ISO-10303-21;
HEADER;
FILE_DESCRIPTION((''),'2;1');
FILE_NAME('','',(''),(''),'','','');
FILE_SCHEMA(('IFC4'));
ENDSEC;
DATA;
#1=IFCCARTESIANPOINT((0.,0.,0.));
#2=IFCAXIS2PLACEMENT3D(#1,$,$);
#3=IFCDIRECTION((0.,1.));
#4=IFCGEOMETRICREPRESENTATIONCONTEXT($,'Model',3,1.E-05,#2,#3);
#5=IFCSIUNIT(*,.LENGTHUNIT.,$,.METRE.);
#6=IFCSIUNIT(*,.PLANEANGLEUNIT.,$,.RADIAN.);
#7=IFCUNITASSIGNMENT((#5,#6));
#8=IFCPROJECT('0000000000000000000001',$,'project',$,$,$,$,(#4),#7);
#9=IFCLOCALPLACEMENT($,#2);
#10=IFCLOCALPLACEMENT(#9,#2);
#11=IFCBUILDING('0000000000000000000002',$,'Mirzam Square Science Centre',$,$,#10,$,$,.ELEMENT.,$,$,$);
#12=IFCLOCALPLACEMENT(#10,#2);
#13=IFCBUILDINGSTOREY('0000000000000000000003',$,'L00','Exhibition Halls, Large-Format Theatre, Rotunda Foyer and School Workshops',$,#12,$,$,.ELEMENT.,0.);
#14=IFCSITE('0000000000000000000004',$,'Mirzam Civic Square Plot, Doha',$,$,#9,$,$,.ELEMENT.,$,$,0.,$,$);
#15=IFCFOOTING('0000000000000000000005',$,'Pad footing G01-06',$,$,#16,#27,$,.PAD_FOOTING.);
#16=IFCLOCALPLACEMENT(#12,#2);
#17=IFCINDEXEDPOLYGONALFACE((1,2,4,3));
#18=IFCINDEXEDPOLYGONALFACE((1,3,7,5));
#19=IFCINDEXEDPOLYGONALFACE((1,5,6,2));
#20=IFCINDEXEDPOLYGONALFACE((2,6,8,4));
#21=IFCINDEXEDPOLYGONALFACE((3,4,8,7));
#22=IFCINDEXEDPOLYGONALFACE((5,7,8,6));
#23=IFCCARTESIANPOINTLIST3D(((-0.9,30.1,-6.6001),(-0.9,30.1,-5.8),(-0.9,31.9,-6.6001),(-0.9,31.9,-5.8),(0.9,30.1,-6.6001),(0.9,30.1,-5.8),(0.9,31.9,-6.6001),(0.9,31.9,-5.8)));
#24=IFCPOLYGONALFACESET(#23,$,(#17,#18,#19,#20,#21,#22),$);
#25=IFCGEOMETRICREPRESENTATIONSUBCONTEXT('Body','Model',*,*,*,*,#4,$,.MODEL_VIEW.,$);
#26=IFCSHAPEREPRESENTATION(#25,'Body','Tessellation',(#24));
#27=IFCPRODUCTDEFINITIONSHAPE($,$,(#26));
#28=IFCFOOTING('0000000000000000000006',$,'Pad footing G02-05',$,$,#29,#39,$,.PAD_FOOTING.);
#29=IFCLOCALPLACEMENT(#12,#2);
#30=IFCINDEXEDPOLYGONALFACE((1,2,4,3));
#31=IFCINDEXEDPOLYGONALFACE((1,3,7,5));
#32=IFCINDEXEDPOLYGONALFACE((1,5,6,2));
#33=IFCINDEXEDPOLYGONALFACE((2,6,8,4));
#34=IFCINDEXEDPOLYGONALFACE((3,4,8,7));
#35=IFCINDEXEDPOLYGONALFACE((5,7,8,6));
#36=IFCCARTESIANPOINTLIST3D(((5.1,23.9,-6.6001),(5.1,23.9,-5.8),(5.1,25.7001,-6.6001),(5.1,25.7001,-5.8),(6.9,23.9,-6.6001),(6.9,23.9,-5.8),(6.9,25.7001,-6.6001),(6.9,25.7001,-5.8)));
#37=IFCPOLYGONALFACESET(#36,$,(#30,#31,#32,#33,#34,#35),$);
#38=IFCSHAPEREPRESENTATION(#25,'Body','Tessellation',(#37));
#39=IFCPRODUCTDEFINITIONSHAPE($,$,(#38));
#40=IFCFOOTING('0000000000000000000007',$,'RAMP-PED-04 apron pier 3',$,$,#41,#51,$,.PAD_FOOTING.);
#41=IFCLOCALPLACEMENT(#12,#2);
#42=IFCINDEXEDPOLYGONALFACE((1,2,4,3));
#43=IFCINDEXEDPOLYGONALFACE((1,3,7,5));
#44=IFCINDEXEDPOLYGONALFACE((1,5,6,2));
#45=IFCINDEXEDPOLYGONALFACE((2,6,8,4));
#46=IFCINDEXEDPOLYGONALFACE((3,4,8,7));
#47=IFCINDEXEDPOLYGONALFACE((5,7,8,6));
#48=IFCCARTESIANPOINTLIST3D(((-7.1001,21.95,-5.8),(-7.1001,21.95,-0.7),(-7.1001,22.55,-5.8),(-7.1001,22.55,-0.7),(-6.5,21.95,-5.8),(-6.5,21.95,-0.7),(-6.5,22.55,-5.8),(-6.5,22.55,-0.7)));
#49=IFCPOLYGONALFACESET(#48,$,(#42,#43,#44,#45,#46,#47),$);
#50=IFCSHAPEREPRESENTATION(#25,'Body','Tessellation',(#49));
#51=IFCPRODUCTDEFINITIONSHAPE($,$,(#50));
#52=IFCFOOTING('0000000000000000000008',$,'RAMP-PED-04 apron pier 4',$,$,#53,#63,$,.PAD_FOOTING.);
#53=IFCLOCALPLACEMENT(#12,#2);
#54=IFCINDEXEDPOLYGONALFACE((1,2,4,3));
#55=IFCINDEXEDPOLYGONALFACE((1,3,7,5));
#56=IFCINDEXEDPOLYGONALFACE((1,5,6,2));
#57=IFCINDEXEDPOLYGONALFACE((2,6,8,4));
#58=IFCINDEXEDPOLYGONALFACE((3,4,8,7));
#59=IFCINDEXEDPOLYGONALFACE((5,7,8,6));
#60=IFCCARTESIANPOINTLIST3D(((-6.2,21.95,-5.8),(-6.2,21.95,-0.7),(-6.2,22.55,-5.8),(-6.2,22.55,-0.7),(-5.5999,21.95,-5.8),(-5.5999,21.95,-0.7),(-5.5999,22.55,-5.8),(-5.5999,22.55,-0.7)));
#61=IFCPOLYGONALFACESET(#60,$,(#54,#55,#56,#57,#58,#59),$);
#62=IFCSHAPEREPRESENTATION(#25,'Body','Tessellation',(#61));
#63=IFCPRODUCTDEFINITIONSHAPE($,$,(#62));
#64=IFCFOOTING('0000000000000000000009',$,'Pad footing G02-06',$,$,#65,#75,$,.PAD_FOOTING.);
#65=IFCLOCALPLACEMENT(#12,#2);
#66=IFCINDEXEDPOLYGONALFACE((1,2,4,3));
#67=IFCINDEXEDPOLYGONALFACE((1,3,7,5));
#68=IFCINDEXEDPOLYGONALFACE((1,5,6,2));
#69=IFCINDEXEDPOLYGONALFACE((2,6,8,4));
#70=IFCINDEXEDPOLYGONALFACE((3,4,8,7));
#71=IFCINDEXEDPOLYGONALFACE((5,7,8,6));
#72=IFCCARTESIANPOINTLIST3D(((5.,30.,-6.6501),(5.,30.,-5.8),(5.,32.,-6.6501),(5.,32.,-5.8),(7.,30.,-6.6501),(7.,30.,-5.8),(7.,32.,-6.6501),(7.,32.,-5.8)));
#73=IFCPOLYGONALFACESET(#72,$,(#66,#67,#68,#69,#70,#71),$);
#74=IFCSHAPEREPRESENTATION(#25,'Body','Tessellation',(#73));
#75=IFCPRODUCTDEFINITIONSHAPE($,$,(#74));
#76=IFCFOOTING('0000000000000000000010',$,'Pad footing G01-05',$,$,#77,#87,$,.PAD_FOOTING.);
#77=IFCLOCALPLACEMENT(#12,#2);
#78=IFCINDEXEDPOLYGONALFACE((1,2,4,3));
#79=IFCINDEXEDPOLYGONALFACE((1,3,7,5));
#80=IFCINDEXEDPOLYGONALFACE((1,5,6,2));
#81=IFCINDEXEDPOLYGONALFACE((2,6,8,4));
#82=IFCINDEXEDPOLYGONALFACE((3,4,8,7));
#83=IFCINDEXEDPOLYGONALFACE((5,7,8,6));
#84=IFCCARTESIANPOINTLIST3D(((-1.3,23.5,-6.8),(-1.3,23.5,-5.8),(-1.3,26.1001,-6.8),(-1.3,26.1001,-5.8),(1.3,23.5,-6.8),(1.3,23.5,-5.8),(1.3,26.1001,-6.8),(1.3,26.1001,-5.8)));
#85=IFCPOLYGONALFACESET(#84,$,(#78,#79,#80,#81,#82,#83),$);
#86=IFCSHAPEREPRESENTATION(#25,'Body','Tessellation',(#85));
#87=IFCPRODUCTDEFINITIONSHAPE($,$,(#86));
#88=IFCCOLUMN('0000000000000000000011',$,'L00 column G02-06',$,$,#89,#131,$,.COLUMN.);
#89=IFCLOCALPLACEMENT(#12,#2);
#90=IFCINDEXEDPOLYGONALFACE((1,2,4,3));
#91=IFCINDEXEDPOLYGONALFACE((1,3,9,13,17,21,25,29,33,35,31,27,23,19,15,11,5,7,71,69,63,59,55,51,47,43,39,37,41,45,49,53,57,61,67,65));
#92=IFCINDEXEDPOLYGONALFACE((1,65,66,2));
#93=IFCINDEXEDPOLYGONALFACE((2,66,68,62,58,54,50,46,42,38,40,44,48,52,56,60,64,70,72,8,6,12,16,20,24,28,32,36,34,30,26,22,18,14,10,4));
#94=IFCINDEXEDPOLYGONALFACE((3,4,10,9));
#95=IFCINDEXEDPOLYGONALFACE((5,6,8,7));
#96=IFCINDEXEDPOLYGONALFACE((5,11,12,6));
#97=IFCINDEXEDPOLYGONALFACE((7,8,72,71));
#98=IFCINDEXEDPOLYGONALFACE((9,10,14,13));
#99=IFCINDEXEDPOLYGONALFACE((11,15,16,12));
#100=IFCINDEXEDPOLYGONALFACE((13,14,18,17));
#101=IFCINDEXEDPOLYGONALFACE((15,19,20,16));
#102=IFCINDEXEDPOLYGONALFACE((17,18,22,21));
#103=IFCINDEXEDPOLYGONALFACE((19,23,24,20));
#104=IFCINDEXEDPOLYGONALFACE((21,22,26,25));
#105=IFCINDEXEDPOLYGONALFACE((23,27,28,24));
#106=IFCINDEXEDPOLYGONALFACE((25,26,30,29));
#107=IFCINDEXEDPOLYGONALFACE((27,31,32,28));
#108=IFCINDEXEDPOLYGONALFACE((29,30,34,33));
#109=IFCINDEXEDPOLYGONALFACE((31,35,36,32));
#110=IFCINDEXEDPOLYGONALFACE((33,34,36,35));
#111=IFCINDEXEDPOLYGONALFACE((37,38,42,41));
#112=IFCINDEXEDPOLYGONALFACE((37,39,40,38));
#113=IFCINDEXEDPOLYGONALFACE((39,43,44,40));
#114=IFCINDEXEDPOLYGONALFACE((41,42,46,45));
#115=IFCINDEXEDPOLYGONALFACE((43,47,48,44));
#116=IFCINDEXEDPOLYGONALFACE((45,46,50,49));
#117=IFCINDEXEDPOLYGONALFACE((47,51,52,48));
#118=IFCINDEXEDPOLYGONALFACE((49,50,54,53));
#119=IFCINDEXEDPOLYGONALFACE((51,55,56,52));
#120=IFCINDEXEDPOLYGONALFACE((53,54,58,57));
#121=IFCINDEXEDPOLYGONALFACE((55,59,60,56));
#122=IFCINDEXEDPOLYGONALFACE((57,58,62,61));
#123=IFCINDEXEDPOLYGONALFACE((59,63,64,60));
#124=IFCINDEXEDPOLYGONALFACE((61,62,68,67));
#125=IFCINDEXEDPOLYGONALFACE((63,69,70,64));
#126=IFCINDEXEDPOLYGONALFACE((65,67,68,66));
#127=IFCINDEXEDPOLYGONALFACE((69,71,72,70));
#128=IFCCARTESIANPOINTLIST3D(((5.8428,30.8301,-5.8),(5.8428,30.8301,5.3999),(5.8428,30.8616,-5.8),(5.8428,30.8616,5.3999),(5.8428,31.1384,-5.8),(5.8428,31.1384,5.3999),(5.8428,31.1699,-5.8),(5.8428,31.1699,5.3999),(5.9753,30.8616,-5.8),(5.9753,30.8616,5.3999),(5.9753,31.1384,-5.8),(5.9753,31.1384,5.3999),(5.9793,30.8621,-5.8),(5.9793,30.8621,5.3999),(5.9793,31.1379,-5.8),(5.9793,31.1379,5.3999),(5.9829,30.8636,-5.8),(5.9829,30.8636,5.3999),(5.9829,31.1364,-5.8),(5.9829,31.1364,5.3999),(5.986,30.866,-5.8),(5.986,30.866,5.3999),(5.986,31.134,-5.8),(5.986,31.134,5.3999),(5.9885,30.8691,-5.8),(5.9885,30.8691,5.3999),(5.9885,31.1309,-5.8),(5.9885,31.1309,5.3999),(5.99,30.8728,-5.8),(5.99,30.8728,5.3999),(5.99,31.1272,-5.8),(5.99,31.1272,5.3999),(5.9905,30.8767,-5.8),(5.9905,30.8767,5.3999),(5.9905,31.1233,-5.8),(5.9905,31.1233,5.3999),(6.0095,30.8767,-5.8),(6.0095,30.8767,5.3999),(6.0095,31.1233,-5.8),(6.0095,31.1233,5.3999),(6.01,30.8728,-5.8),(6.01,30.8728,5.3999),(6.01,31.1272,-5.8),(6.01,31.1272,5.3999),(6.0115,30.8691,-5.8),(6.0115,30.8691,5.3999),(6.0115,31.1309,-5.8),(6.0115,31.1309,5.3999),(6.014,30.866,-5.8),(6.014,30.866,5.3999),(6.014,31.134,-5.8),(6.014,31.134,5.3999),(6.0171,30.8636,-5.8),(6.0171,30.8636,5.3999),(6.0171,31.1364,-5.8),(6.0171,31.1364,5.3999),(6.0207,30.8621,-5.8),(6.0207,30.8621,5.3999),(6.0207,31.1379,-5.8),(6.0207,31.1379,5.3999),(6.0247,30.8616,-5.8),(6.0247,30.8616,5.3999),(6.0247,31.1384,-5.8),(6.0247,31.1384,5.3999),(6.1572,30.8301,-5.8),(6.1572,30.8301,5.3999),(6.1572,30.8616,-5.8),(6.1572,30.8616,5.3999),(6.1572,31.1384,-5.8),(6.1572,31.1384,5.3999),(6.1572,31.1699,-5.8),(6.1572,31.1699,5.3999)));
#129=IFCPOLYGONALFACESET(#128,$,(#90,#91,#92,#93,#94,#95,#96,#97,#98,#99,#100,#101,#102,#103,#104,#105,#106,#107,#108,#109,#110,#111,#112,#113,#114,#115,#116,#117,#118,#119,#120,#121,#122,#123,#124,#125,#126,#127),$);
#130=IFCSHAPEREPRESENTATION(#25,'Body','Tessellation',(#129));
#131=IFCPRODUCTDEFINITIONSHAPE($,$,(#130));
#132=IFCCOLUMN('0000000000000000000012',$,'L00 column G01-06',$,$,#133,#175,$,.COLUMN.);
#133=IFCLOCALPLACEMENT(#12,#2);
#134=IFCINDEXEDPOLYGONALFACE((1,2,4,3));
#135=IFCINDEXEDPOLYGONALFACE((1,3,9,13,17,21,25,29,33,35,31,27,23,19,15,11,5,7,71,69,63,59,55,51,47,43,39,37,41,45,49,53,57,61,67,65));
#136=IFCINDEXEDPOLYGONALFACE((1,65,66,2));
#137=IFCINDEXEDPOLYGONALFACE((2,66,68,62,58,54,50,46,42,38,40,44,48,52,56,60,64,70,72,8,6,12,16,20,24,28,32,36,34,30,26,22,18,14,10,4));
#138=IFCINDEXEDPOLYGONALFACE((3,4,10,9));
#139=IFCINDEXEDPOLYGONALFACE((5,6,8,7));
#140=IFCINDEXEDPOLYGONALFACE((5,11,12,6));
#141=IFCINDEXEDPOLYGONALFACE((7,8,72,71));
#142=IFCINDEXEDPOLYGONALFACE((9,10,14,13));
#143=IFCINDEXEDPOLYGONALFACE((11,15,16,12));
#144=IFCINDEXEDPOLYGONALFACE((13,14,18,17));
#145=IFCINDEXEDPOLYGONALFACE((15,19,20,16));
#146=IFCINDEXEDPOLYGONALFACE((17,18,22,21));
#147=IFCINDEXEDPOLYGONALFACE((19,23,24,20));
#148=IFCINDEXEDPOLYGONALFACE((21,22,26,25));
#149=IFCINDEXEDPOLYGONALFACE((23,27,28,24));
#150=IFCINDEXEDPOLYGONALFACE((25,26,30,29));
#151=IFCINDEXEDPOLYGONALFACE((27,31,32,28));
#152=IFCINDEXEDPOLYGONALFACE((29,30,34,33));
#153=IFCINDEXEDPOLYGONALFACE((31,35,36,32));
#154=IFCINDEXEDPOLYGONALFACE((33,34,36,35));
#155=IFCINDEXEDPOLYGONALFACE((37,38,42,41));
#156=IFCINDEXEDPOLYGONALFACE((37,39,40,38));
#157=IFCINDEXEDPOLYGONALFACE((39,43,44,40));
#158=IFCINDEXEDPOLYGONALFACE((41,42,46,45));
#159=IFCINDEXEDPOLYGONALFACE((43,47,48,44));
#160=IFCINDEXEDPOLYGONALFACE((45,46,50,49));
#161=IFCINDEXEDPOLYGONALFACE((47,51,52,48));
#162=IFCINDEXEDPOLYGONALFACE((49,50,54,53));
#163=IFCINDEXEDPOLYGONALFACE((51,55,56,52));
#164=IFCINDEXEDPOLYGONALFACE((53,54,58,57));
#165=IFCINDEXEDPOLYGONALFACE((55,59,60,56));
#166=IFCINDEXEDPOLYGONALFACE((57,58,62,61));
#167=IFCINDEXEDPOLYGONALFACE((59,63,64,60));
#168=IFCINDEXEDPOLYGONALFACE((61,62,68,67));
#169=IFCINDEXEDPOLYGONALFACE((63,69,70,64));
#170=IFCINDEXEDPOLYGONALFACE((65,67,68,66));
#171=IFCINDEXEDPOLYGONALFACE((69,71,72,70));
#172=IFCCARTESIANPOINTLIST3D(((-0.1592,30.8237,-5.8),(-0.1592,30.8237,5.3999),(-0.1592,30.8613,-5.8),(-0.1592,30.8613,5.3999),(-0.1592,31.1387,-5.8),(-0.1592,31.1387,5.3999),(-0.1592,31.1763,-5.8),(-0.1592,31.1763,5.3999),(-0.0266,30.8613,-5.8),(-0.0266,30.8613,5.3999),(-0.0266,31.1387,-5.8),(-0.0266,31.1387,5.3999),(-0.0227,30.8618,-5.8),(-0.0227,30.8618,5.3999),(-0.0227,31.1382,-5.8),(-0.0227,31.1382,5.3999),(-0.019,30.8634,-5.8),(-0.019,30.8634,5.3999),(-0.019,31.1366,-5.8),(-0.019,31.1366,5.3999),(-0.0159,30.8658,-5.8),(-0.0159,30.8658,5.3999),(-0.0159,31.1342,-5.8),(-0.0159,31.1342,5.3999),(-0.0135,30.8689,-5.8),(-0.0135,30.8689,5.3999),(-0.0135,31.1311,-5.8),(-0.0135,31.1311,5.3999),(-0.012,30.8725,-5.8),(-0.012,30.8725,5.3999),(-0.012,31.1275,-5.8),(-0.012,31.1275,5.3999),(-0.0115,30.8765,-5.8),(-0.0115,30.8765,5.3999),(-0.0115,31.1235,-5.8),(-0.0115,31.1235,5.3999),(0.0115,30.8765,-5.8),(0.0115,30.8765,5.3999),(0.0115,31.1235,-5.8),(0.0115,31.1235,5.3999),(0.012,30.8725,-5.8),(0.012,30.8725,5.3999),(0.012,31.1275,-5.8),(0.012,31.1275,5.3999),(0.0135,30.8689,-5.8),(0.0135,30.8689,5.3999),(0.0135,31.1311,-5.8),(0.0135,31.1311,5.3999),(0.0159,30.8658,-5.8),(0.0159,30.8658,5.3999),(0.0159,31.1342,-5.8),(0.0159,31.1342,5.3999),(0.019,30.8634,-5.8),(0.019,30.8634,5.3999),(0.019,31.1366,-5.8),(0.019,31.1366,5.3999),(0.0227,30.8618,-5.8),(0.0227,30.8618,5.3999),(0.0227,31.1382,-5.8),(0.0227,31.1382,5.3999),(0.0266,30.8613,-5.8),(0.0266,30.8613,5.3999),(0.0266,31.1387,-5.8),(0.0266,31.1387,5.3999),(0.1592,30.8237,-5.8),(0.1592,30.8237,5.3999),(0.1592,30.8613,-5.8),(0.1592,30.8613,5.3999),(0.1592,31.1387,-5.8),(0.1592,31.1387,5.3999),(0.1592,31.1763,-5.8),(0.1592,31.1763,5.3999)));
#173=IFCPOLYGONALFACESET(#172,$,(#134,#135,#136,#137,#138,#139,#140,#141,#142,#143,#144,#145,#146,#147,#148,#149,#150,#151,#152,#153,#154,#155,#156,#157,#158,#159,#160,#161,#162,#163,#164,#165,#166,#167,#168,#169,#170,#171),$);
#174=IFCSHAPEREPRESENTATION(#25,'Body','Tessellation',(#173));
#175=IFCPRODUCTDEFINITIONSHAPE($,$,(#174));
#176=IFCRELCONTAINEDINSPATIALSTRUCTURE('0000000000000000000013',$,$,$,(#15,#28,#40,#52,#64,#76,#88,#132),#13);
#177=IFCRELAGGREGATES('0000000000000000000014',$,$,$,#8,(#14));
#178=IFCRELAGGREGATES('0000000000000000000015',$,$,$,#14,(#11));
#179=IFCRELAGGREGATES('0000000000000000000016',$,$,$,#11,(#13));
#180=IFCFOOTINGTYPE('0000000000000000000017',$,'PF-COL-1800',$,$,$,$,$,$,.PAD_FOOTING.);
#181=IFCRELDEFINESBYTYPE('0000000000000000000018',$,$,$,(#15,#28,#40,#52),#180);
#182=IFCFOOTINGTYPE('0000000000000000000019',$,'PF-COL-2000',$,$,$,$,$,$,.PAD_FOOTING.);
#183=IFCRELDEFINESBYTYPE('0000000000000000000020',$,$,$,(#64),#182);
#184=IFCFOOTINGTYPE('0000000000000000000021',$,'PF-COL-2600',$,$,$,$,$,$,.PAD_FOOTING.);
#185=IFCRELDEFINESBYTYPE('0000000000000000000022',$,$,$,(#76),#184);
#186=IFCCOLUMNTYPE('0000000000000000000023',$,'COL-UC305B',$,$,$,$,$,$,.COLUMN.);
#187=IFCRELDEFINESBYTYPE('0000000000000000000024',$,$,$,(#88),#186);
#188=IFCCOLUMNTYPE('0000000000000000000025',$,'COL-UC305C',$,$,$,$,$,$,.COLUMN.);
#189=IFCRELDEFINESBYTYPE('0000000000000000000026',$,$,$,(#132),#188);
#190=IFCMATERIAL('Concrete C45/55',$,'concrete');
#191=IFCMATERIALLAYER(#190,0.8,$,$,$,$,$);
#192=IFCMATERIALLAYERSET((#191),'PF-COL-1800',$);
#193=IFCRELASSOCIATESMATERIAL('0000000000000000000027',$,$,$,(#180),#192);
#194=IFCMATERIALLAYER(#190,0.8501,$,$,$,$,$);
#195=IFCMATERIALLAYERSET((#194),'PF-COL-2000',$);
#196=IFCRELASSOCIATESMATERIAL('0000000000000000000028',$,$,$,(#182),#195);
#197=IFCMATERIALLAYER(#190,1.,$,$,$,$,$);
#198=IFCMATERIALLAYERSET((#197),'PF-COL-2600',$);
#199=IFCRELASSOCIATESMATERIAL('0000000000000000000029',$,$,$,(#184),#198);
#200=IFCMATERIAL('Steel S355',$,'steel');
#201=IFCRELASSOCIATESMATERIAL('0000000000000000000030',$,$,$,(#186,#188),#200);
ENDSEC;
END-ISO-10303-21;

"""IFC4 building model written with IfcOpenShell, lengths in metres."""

from ifc_helpers import new_model, si_unit, direction, frame, origin, origin_2d, place, context, subcontext, project, spatial, rectangle, i_section, extrude, material, layer, layer_set, material_profile, profile_set, type_object, element, save


model = new_model("IFC4")

# Units and contexts
model_context = context("Model", 3, precision=1e-05, world=origin(), true_north=direction((0.0, 1.0)))
body_context = subcontext(model_context, "Body", "Model", "MODEL_VIEW")
ifc_project = project(units=[si_unit("LENGTHUNIT", "METRE"), si_unit("PLANEANGLEUNIT", "RADIAN")], contexts=[model_context])

# Site, building, storey
site_placement = place(None, origin())
site = spatial("IfcSite", under=ifc_project, at=site_placement, Name="Mirzam Civic Square Plot, Doha", CompositionType="ELEMENT", RefElevation=0.0)
building_placement = place(site_placement, origin())
building = spatial("IfcBuilding", under=site, at=building_placement, Name="Mirzam Square Science Centre", CompositionType="ELEMENT")
storey_placement = place(building_placement, origin())
storey = spatial("IfcBuildingStorey", under=building, at=storey_placement, Name="L00", Description="Exhibition Halls, Large-Format Theatre, Rotunda Foyer and School Workshops", CompositionType="ELEMENT", Elevation=0.0)

# Footings
ifc_material_1 = material(Name="Concrete C45/55", Category="concrete")
ifc_layer_1 = layer(ifc_material_1, 0.8)
ifc_layer_set_1 = layer_set([ifc_layer_1], Name="PF-COL-1800")
footing_type_1 = type_object("IfcFootingType", Name="PF-COL-1800", PredefinedType="PAD_FOOTING", material=ifc_layer_set_1)
for number, where, z_axis, x_axis, name in (
    (1, (0.0, 31.0, -6.6001), (0.0, 0.0, 1.0), (1.0, 0.0, 0.0), "Pad footing G01-06"),
    (2, (6.0, 24.8, -6.6001), (0.0, 0.0, 1.0), (1.0, 0.0, 0.0), "Pad footing G02-05"),
):
    element("IfcFooting", number, at=place(storey_placement, frame(where, z_axis=z_axis, x_axis=x_axis)), inside=storey, type_object=footing_type_1, Name=name, PredefinedType="PAD_FOOTING", context=body_context, shape_type="SweptSolid", body=[
        extrude(rectangle(XDim=1.8, YDim=1.8, at=origin_2d()), origin(), (0.0, 0.0, 1.0), 0.8),
    ])
for number, where, z_axis, x_axis, name in (
    (3, (-6.8, 22.25, -5.8), (0.0, 0.0, 1.0), (1.0, 0.0, 0.0), "RAMP-PED-04 apron pier 3"),
    (4, (-5.8999, 22.25, -5.8), (0.0, 0.0, 1.0), (1.0, 0.0, 0.0), "RAMP-PED-04 apron pier 4"),
):
    element("IfcFooting", number, at=place(storey_placement, frame(where, z_axis=z_axis, x_axis=x_axis)), inside=storey, type_object=footing_type_1, Name=name, PredefinedType="PAD_FOOTING", context=body_context, shape_type="SweptSolid", body=[
        extrude(rectangle(XDim=0.6001, YDim=0.6001, at=origin_2d()), origin(), (0.0, 0.0, 1.0), 5.1001),
    ])
ifc_layer_2 = layer(ifc_material_1, 0.8501)
ifc_layer_set_2 = layer_set([ifc_layer_2], Name="PF-COL-2000")
footing_type_2 = type_object("IfcFootingType", Name="PF-COL-2000", PredefinedType="PAD_FOOTING", material=ifc_layer_set_2)
footing_1_placement = place(storey_placement, frame((6.0, 31.0, -6.6501), z_axis=(0.0, 0.0, 1.0), x_axis=(1.0, 0.0, 0.0)))
element("IfcFooting", 5, at=footing_1_placement, inside=storey, type_object=footing_type_2, Name="Pad footing G02-06", PredefinedType="PAD_FOOTING", context=body_context, shape_type="SweptSolid", body=[
    extrude(rectangle(XDim=2.0, YDim=2.0, at=origin_2d()), origin(), (0.0, 0.0, 1.0), 0.8501),
])
ifc_layer_3 = layer(ifc_material_1, 1.0)
ifc_layer_set_3 = layer_set([ifc_layer_3], Name="PF-COL-2600")
footing_type_3 = type_object("IfcFootingType", Name="PF-COL-2600", PredefinedType="PAD_FOOTING", material=ifc_layer_set_3)
footing_2_placement = place(storey_placement, frame((0.0, 24.8, -6.8), z_axis=(0.0, 0.0, 1.0), x_axis=(1.0, 0.0, 0.0)))
element("IfcFooting", 6, at=footing_2_placement, inside=storey, type_object=footing_type_3, Name="Pad footing G01-05", PredefinedType="PAD_FOOTING", context=body_context, shape_type="SweptSolid", body=[
    extrude(rectangle(XDim=2.6001, YDim=2.6001, at=origin_2d()), origin(), (0.0, 0.0, 1.0), 1.0),
])

# Columns
ifc_material_2 = material(Name="Steel S355", Category="steel")
ifc_material_profile_1 = material_profile(ifc_material_2, i_section(OverallWidth=0.3145, OverallDepth=0.3398, WebThickness=0.019, FlangeThickness=0.0315, FilletRadius=0.0151, at=origin_2d()), Name="305x305x198UC")
ifc_profile_set_1 = profile_set([ifc_material_profile_1], Name="Steel S355")
column_type_1 = type_object("IfcColumnType", Name="COL-UC305B", PredefinedType="COLUMN", material=ifc_profile_set_1)
column_1_placement = place(storey_placement, frame((6.0, 31.0, -5.8), z_axis=(0.0, 0.0, 1.0), x_axis=(1.0, 0.0, 0.0)))
element("IfcColumn", 7, at=column_1_placement, inside=storey, type_object=column_type_1, Name="L00 column G02-06", PredefinedType="COLUMN", context=body_context, shape_type="SweptSolid", body=[
    extrude(i_section(OverallWidth=0.3145, OverallDepth=0.3398, WebThickness=0.019, FlangeThickness=0.0315, FilletRadius=0.0151, at=origin_2d()), origin(), (0.0, 0.0, 1.0), 11.2),
])
ifc_material_profile_2 = material_profile(ifc_material_2, i_section(OverallWidth=0.3184, OverallDepth=0.3525, WebThickness=0.0229, FlangeThickness=0.0376, FilletRadius=0.0151, at=origin_2d()), Name="305x305x240UC")
ifc_profile_set_2 = profile_set([ifc_material_profile_2], Name="Steel S355")
column_type_2 = type_object("IfcColumnType", Name="COL-UC305C", PredefinedType="COLUMN", material=ifc_profile_set_2)
for number, where, z_axis, x_axis, name in (
    (8, (0.0, 31.0, -5.8), (0.0, 0.0, 1.0), (1.0, 0.0, 0.0), "L00 column G01-06"),
):
    element("IfcColumn", number, at=place(storey_placement, frame(where, z_axis=z_axis, x_axis=x_axis)), inside=storey, type_object=column_type_2, Name=name, PredefinedType="COLUMN", context=body_context, shape_type="SweptSolid", body=[
        extrude(i_section(OverallWidth=0.3184, OverallDepth=0.3525, WebThickness=0.0229, FlangeThickness=0.0376, FilletRadius=0.0151, at=origin_2d()), origin(), (0.0, 0.0, 1.0), 11.2),
    ])

save(model, "model.ifc")
